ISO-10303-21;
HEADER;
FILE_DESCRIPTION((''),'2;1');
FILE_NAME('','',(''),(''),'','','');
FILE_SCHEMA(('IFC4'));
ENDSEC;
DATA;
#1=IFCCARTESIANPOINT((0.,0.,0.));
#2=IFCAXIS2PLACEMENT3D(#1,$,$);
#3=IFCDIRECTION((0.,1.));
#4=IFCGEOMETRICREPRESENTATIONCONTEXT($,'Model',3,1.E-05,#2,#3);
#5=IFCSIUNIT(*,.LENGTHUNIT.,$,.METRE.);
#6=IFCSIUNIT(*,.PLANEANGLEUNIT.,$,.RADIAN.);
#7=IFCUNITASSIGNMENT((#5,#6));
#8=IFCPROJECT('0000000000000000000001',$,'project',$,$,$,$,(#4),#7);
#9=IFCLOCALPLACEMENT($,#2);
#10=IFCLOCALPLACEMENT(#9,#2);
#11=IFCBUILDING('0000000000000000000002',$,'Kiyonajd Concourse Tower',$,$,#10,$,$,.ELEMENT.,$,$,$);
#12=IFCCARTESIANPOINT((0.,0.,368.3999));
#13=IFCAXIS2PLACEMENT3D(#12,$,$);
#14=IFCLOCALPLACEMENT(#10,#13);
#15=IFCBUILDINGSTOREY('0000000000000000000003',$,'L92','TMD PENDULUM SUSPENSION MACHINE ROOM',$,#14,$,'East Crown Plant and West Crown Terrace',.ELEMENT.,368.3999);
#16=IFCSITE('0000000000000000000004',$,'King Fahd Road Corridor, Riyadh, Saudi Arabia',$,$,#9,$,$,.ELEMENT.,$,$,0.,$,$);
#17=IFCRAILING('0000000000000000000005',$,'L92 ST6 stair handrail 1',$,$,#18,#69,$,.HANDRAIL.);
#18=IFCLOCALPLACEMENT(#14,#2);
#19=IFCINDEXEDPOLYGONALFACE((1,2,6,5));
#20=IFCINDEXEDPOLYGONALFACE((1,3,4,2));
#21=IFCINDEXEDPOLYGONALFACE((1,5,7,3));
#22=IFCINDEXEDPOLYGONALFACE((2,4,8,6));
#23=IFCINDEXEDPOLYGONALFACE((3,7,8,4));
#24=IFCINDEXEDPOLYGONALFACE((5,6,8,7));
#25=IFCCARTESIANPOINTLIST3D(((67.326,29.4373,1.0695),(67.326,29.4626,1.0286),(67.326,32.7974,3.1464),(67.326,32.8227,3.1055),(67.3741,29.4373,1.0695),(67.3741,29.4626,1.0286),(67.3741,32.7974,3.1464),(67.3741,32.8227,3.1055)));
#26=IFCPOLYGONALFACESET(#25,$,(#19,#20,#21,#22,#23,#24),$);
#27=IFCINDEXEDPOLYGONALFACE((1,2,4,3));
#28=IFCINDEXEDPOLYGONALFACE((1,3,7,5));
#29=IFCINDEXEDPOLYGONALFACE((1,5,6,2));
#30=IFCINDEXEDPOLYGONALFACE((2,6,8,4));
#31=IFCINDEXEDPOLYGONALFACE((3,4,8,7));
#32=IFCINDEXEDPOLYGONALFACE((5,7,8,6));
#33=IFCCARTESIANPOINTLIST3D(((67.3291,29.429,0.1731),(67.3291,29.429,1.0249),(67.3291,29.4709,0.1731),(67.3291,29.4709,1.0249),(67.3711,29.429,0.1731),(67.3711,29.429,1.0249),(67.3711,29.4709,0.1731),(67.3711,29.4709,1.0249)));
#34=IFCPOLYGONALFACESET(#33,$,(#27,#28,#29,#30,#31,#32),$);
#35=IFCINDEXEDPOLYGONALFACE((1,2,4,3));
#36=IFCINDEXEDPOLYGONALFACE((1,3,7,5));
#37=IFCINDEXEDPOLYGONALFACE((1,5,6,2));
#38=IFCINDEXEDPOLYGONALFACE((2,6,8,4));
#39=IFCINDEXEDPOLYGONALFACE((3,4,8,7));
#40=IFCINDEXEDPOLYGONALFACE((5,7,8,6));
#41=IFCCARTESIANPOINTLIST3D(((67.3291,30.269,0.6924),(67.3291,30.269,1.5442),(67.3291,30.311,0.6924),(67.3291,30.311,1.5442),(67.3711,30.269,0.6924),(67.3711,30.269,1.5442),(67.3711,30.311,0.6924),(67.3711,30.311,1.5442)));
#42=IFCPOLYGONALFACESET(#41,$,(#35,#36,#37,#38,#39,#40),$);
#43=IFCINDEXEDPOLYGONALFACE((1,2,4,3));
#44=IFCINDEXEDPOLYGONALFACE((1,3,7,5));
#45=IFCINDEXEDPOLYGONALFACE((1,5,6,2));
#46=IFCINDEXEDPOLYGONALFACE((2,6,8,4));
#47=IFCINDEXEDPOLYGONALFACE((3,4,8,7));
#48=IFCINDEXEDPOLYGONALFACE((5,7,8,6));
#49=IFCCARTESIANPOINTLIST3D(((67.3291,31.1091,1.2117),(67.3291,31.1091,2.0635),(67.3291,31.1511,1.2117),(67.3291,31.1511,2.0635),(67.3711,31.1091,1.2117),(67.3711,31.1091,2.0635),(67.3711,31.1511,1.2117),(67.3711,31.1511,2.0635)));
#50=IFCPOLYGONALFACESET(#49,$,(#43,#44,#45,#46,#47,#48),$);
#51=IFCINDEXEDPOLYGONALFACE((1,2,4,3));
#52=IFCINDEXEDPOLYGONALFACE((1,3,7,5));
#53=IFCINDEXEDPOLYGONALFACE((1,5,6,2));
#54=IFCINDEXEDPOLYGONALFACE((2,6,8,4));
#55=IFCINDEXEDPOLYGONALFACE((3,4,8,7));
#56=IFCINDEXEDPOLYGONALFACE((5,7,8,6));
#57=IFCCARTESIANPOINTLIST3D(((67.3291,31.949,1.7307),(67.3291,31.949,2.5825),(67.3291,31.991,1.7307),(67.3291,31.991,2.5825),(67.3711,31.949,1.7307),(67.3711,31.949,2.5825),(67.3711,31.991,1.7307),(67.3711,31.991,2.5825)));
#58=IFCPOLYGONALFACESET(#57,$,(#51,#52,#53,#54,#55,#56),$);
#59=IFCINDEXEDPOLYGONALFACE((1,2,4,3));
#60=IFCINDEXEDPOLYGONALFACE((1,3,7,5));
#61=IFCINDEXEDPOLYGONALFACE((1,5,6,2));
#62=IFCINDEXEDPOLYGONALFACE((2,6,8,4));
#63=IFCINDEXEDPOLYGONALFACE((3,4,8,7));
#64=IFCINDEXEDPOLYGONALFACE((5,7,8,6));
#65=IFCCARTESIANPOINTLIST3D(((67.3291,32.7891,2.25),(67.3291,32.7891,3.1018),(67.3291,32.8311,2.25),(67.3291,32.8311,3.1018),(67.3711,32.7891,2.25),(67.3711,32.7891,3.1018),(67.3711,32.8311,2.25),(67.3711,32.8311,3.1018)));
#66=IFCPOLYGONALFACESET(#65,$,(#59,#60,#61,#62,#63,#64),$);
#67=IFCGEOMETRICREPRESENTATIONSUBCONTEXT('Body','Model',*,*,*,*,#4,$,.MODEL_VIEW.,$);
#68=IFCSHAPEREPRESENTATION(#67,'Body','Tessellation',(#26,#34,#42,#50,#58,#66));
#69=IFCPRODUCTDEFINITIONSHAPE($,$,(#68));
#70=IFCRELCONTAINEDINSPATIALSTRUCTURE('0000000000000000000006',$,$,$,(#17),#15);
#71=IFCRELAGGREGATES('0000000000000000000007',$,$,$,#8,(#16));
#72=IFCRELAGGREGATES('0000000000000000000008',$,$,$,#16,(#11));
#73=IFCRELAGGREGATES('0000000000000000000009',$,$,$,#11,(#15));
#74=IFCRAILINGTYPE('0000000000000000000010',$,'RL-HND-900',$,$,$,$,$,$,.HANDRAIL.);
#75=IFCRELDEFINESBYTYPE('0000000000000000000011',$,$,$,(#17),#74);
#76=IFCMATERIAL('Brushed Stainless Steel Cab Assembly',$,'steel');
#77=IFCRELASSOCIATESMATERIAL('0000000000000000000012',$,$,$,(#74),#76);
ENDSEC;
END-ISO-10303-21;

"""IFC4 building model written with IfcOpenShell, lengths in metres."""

from ifc_helpers import new_model, si_unit, direction, frame, origin, origin_2d, place, context, subcontext, project, spatial, rectangle, extrude, material, type_object, element, save


model = new_model("IFC4")

# Units and contexts
model_context = context("Model", 3, precision=1e-05, world=origin(), true_north=direction((0.0, 1.0)))
body_context = subcontext(model_context, "Body", "Model", "MODEL_VIEW")
ifc_project = project(units=[si_unit("LENGTHUNIT", "METRE"), si_unit("PLANEANGLEUNIT", "RADIAN")], contexts=[model_context])

# Site, building, storey
site_placement = place(None, origin())
site = spatial("IfcSite", under=ifc_project, at=site_placement, Name="King Fahd Road Corridor, Riyadh, Saudi Arabia", CompositionType="ELEMENT", RefElevation=0.0)
building_placement = place(site_placement, origin())
building = spatial("IfcBuilding", under=site, at=building_placement, Name="Kiyonajd Concourse Tower", CompositionType="ELEMENT")
storey_placement = place(building_placement, frame((0.0, 0.0, 368.3999)))
storey = spatial("IfcBuildingStorey", under=building, at=storey_placement, Name="L92", Description="TMD PENDULUM SUSPENSION MACHINE ROOM", LongName="East Crown Plant and West Crown Terrace", CompositionType="ELEMENT", Elevation=368.3999)

# Shared definitions
ifc_material_1 = material(Name="Brushed Stainless Steel Cab Assembly", Category="steel")

# Railing
railing_type_1 = type_object("IfcRailingType", Name="RL-HND-900", PredefinedType="HANDRAIL", material=ifc_material_1)
railing_1_placement = place(storey_placement, frame((67.3501, 29.45, 0.1731)))
element("IfcRailing", 1, at=railing_1_placement, inside=storey, type_object=railing_type_1, Name="L92 ST6 stair handrail 1", PredefinedType="HANDRAIL", context=body_context, shape_type="SweptSolid", body=[
    extrude(rectangle(XDim=0.0481, YDim=0.0481, at=origin_2d()), frame((0.0, 0.0, 0.876), z_axis=(0.0, 0.850623, 0.525776), x_axis=(-1.0, 0.0, 0.0)), (0.0, 0.0, 1.0), 3.9502),
    extrude(rectangle(XDim=0.042, YDim=0.042, at=origin_2d()), origin(), (0.0, 0.0, 1.0), 0.8518),
    extrude(rectangle(XDim=0.042, YDim=0.042, at=origin_2d()), frame((0.0, 0.8401, 0.5193)), (0.0, 0.0, 1.0), 0.8518),
    extrude(rectangle(XDim=0.042, YDim=0.042, at=origin_2d()), frame((0.0, 1.6802, 1.0386)), (0.0, 0.0, 1.0), 0.8518),
    extrude(rectangle(XDim=0.042, YDim=0.042, at=origin_2d()), frame((0.0, 2.52, 1.5576)), (0.0, 0.0, 1.0), 0.8518),
    extrude(rectangle(XDim=0.042, YDim=0.042, at=origin_2d()), frame((0.0, 3.3601, 2.0769)), (0.0, 0.0, 1.0), 0.8518),
])

save(model, "model.ifc")
